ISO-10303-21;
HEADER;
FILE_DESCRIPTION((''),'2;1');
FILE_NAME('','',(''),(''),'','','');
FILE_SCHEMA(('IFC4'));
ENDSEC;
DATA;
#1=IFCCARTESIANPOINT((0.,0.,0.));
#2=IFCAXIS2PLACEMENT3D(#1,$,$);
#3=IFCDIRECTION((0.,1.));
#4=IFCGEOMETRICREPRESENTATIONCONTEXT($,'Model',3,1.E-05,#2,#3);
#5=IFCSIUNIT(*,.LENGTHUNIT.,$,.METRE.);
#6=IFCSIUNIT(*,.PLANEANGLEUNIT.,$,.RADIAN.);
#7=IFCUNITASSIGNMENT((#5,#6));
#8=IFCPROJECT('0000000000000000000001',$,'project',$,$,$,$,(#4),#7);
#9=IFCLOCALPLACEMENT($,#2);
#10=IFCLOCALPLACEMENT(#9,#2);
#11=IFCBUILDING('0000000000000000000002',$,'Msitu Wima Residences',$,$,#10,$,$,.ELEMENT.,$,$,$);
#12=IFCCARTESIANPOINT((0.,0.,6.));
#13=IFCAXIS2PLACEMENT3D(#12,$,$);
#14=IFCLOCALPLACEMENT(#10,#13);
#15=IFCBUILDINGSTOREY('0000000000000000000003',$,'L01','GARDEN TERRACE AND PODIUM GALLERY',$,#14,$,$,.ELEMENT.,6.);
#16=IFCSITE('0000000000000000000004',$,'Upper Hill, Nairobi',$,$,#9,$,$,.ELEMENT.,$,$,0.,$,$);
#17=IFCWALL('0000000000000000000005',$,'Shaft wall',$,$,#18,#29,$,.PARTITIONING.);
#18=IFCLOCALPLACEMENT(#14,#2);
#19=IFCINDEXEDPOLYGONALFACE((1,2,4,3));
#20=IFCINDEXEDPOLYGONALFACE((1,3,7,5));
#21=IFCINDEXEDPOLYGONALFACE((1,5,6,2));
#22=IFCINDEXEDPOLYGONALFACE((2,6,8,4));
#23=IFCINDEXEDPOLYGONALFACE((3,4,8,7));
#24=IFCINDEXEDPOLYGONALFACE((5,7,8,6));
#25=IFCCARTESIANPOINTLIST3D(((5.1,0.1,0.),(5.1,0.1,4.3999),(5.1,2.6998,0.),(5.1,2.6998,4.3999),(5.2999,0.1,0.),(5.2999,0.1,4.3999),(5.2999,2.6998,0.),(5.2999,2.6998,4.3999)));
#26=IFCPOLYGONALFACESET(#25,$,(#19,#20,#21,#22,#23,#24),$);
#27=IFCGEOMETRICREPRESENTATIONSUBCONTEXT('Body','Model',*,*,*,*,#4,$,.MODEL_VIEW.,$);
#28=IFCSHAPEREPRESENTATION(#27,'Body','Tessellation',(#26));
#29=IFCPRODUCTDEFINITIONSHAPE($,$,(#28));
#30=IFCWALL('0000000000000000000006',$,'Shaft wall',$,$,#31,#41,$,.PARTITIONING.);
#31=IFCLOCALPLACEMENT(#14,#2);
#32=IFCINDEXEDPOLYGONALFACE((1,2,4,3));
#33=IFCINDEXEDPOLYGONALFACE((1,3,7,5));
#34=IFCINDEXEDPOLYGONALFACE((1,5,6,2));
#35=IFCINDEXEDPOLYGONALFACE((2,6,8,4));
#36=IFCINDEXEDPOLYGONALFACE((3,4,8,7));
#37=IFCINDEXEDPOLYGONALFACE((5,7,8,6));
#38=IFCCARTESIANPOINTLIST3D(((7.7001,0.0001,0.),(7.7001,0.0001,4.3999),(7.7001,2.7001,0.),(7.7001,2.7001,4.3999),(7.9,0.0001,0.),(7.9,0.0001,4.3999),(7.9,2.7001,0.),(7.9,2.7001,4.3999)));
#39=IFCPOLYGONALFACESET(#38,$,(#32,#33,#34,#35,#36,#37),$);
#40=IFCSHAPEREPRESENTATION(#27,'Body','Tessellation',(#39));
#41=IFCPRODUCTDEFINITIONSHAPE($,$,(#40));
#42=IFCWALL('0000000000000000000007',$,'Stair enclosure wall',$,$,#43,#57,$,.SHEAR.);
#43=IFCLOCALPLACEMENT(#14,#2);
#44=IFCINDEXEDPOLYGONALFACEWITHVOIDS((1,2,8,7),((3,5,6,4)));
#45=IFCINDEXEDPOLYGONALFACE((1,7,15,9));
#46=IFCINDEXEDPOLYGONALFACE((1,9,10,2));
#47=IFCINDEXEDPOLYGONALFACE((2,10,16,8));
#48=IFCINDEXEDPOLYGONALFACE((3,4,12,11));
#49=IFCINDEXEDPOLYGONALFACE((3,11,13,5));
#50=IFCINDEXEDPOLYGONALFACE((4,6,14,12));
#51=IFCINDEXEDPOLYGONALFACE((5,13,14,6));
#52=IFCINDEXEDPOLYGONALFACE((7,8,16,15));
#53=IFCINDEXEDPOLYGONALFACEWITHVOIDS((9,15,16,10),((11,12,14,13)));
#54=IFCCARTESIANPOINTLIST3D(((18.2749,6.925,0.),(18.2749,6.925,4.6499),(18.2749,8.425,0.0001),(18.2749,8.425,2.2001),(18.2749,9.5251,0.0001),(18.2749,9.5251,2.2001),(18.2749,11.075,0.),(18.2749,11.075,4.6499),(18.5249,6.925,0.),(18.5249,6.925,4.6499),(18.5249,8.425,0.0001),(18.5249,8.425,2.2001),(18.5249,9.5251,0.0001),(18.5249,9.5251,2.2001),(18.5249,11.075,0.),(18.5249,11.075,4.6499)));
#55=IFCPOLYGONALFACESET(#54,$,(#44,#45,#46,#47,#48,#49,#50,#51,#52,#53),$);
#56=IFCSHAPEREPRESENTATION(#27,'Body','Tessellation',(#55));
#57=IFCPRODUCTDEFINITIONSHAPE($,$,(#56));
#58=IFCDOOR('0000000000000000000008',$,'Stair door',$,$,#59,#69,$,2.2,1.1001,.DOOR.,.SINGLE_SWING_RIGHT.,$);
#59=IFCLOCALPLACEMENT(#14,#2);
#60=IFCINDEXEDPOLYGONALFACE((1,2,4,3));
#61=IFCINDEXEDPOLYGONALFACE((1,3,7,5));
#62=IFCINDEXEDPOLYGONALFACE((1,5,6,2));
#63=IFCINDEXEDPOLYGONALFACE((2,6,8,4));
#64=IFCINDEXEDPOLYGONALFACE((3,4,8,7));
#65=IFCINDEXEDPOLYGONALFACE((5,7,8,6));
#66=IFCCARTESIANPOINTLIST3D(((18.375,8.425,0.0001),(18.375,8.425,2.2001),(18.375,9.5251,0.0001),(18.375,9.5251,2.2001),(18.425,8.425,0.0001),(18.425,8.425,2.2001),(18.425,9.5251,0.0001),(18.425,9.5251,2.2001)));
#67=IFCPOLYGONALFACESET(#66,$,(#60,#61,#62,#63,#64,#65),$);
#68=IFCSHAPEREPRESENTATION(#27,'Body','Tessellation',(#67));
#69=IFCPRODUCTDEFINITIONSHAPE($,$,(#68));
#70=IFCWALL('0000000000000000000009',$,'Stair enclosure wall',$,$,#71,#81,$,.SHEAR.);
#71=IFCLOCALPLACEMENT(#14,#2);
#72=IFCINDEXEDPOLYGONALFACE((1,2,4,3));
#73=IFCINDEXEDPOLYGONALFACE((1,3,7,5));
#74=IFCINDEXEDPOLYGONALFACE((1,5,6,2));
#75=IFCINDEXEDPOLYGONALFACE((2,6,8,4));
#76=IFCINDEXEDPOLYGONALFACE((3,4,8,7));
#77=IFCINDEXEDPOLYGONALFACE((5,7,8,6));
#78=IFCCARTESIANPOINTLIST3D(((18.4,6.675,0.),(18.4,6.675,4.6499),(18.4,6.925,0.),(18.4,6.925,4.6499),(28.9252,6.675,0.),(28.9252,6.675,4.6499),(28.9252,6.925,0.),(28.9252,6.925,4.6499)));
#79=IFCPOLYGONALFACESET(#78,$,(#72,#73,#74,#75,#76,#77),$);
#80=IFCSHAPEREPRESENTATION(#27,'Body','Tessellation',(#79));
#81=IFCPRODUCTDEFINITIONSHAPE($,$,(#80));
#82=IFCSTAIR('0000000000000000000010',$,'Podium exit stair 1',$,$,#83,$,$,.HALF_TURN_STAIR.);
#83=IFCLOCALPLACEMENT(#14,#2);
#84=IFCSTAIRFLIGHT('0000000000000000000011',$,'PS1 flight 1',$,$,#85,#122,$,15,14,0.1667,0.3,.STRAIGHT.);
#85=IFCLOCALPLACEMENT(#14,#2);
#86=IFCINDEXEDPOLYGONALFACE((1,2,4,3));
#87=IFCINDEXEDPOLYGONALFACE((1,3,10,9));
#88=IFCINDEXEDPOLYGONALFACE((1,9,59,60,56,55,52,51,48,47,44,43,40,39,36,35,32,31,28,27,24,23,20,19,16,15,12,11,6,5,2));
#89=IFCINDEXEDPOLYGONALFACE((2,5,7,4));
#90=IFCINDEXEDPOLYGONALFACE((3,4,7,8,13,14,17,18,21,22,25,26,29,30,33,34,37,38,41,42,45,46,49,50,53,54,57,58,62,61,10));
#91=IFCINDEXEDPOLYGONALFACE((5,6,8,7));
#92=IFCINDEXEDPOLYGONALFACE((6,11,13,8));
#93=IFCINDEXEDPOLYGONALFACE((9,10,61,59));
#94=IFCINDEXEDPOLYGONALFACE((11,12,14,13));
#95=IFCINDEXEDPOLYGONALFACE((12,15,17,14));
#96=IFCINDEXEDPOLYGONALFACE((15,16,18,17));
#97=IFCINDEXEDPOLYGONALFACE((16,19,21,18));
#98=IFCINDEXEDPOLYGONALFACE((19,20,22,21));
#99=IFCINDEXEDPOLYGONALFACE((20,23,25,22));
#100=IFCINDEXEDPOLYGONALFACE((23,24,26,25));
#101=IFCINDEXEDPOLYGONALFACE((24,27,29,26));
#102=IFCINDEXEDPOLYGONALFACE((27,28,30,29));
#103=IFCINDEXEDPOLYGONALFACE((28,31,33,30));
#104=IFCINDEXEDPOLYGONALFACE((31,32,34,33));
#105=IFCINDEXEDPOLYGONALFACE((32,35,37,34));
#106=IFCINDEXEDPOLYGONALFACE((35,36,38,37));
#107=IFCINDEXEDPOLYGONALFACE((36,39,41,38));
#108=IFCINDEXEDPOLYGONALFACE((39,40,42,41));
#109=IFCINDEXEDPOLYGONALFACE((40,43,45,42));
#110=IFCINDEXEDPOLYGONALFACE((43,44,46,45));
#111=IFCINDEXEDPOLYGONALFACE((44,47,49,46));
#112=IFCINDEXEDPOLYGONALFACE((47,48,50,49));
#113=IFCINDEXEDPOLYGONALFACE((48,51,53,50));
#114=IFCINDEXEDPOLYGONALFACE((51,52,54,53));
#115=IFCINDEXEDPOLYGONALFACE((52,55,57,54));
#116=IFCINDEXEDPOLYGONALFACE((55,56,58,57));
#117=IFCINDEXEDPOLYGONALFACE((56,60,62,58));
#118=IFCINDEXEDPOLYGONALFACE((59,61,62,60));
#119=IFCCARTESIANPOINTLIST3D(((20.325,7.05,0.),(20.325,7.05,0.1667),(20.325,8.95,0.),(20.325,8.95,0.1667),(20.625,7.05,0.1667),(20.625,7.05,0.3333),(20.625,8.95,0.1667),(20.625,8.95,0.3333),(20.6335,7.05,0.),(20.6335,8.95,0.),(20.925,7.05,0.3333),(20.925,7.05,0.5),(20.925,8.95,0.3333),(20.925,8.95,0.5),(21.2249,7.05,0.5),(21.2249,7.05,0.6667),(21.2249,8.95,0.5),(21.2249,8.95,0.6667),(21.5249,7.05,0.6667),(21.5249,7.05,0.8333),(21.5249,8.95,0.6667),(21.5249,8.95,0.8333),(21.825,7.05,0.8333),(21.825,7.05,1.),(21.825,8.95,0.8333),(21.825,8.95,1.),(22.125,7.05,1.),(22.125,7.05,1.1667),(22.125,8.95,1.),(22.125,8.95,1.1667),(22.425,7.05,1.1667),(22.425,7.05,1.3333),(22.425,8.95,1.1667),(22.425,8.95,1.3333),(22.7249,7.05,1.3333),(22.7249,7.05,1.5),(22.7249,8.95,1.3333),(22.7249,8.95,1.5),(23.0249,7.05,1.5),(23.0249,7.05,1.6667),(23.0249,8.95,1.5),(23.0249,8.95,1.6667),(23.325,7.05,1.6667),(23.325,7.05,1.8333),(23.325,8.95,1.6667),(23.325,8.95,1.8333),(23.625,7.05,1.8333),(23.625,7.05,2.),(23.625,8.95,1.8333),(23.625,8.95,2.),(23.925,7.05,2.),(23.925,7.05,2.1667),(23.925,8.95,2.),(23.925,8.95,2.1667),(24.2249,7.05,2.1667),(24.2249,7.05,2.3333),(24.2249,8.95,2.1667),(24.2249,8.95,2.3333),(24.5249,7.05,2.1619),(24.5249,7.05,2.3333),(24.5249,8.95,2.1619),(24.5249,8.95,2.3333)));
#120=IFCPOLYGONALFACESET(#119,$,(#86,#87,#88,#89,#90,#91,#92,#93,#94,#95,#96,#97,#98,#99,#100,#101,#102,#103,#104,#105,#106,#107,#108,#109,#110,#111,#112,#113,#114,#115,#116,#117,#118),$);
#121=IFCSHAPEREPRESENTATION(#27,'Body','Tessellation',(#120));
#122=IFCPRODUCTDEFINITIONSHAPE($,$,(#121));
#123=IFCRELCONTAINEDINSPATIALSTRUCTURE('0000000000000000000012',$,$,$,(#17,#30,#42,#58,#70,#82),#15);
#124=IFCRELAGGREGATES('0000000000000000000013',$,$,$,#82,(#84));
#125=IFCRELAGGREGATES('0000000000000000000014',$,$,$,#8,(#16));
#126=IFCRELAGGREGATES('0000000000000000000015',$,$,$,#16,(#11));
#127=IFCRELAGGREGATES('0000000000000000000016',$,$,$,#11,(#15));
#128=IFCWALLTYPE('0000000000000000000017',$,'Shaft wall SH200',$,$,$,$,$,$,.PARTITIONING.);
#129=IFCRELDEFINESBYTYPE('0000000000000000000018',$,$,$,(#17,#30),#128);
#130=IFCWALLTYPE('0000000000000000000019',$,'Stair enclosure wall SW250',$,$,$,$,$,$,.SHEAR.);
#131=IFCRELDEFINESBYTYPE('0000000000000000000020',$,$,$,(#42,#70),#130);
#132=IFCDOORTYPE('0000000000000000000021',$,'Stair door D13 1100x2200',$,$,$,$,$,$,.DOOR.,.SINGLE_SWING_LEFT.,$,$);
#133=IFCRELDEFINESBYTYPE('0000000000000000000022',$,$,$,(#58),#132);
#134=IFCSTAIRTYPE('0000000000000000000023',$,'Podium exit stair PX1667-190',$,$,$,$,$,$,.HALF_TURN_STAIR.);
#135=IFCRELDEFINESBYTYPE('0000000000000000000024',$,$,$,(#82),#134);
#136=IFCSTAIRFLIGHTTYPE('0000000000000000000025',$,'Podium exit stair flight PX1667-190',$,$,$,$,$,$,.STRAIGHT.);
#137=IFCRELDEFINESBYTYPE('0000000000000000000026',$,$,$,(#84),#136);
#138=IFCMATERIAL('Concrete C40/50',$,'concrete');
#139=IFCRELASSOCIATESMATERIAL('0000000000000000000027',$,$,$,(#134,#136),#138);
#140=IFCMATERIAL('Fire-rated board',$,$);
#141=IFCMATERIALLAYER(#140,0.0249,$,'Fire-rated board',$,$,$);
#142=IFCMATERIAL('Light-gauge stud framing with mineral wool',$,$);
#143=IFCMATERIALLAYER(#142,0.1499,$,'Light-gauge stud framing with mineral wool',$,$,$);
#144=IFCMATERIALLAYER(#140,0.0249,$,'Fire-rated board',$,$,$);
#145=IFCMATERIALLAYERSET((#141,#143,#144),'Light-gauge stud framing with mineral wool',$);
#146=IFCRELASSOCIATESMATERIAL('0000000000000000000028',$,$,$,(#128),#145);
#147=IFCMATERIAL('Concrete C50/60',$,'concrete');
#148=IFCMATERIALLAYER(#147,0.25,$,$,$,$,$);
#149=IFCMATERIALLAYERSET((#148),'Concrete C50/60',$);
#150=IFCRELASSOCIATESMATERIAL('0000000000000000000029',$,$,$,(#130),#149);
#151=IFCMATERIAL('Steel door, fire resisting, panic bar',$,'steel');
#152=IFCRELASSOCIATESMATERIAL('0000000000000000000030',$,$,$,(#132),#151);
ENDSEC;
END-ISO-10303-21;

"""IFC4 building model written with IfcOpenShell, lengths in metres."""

from ifc_helpers import new_model, si_unit, direction, frame, frame_2d, origin, place, context, subcontext, project, spatial, polyline, rectangle, outline, extrude, material, layer, layer_set, type_object, element, fill, aggregate, save


model = new_model("IFC4")

# Units and contexts
model_context = context("Model", 3, precision=1e-05, world=origin(), true_north=direction((0.0, 1.0)))
body_context = subcontext(model_context, "Body", "Model", "MODEL_VIEW")
ifc_project = project(units=[si_unit("LENGTHUNIT", "METRE"), si_unit("PLANEANGLEUNIT", "RADIAN")], contexts=[model_context])

# Site, building, storey
site_placement = place(None, origin())
site = spatial("IfcSite", under=ifc_project, at=site_placement, Name="Upper Hill, Nairobi", CompositionType="ELEMENT", RefElevation=0.0)
building_placement = place(site_placement, origin())
building = spatial("IfcBuilding", under=site, at=building_placement, Name="Msitu Wima Residences", CompositionType="ELEMENT")
storey_placement = place(building_placement, frame((0.0, 0.0, 6.0)))
storey = spatial("IfcBuildingStorey", under=building, at=storey_placement, Name="L01", Description="GARDEN TERRACE AND PODIUM GALLERY", CompositionType="ELEMENT", Elevation=6.0)

# Shared definitions
ifc_material_1 = material(Name="Concrete C40/50", Category="concrete")

# Shared definitions
stair_type = type_object("IfcStairType", Name="Podium exit stair PX1667-190", PredefinedType="HALF_TURN_STAIR", material=ifc_material_1)

# Walls
ifc_material_2 = material(Name="Fire-rated board")
ifc_layer_1 = layer(ifc_material_2, 0.0249, Name="Fire-rated board")
ifc_material_3 = material(Name="Light-gauge stud framing with mineral wool")
ifc_layer_2 = layer(ifc_material_3, 0.1499, Name="Light-gauge stud framing with mineral wool")
ifc_layer_3 = layer(ifc_material_2, 0.0249, Name="Fire-rated board")
ifc_layer_set_1 = layer_set([ifc_layer_1, ifc_layer_2, ifc_layer_3], Name="Light-gauge stud framing with mineral wool")
wall_type_1 = type_object("IfcWallType", Name="Shaft wall SH200", PredefinedType="PARTITIONING", material=ifc_layer_set_1)
for number, where, z_axis, x_axis, name in (
    (1, (5.2, 0.1001, 0.0), (0.0, 0.0, 1.0), (0.0, 1.0, 0.0), "Shaft wall"),
):
    element("IfcWall", number, at=place(storey_placement, frame(where, z_axis=z_axis, x_axis=x_axis)), inside=storey, type_object=wall_type_1, Name=name, PredefinedType="PARTITIONING", context=body_context, shape_type="SweptSolid", body=[
        extrude(rectangle(XDim=2.5999, YDim=0.2, at=frame_2d((1.2998, 0.0))), origin(), (0.0, 0.0, 1.0), 4.3999),
    ])
wall_1_placement = place(storey_placement, frame((7.8, 0.0, 0.0), z_axis=(0.0, 0.0, 1.0), x_axis=(0.0, 1.0, 0.0)))
element("IfcWall", 2, at=wall_1_placement, inside=storey, type_object=wall_type_1, Name="Shaft wall", PredefinedType="PARTITIONING", context=body_context, shape_type="SweptSolid", body=[
    extrude(rectangle(XDim=2.7, YDim=0.2, at=frame_2d((1.3501, 0.0))), origin(), (0.0, 0.0, 1.0), 4.3999),
])

# Wall, opening, door
ifc_material_4 = material(Name="Concrete C50/60", Category="concrete")
ifc_layer_4 = layer(ifc_material_4, 0.25)
ifc_layer_set_2 = layer_set([ifc_layer_4], Name="Concrete C50/60")
wall_type_2 = type_object("IfcWallType", Name="Stair enclosure wall SW250", PredefinedType="SHEAR", material=ifc_layer_set_2)
wall_2_placement = place(storey_placement, frame((18.3999, 6.925, 0.0), z_axis=(0.0, 0.0, 1.0), x_axis=(0.0, 1.0, 0.0)))
wall_2 = element("IfcWall", 3, at=wall_2_placement, inside=storey, type_object=wall_type_2, Name="Stair enclosure wall", PredefinedType="SHEAR", context=body_context, shape_type="SweptSolid", body=[
    extrude(rectangle(XDim=4.1499, YDim=0.25, at=frame_2d((2.075, 0.0))), origin(), (0.0, 0.0, 1.0), 4.6499),
])
opening_1_placement = place(wall_2_placement, frame((1.5, 0.0, 0.0)))
opening_1 = element("IfcOpeningElement", 4, at=opening_1_placement, cuts=wall_2, PredefinedType="OPENING", context=body_context, shape_type="SweptSolid", body=[
    extrude(rectangle(XDim=1.1001, YDim=2.2, at=frame_2d((0.55, 1.1001))), frame((0.0, 0.135, 0.0), z_axis=(0.0, -1.0, 0.0), x_axis=(1.0, 0.0, 0.0)), (0.0, 0.0, 1.0), 0.27),
])
ifc_material_5 = material(Name="Steel door, fire resisting, panic bar", Category="steel")
door_type_1 = type_object("IfcDoorType", Name="Stair door D13 1100x2200", OperationType="SINGLE_SWING_LEFT", PredefinedType="DOOR", material=ifc_material_5)
door_1_placement = place(opening_1_placement, origin())
door_1 = element("IfcDoor", 5, at=door_1_placement, inside=storey, type_object=door_type_1, Name="Stair door", OperationType="SINGLE_SWING_RIGHT", OverallHeight=2.2, OverallWidth=1.1001, PredefinedType="DOOR", context=body_context, shape_type="SweptSolid", body=[
    extrude(rectangle(XDim=1.1001, YDim=2.2, at=frame_2d((0.55, 1.1001))), frame((0.0, 0.0249, 0.0), z_axis=(0.0, -1.0, 0.0), x_axis=(1.0, 0.0, 0.0)), (0.0, 0.0, 1.0), 0.05),
])
fill(opening_1, door_1)

# Wall
wall_3_placement = place(storey_placement, frame((18.3999, 6.8, 0.0), z_axis=(0.0, 0.0, 1.0), x_axis=(1.0, 0.0, 0.0)))
element("IfcWall", 6, at=wall_3_placement, inside=storey, type_object=wall_type_2, Name="Stair enclosure wall", PredefinedType="SHEAR", context=body_context, shape_type="SweptSolid", body=[
    extrude(rectangle(XDim=10.5251, YDim=0.25, at=frame_2d((5.2627, 0.0))), origin(), (0.0, 0.0, 1.0), 4.6499),
])

# Stair, stair flight
stair_1_placement = place(storey_placement, origin())
stair_1 = element("IfcStair", 7, at=stair_1_placement, inside=storey, type_object=stair_type, Name="Podium exit stair 1", PredefinedType="HALF_TURN_STAIR")
stair_flight_type = type_object("IfcStairFlightType", Name="Podium exit stair flight PX1667-190", PredefinedType="STRAIGHT", material=ifc_material_1)
stair_flight_placement = place(storey_placement, frame((20.325, 8.0, 0.0), z_axis=(0.0, 0.0, 1.0), x_axis=(1.0, 0.0, 0.0)))
stair_flight = element("IfcStairFlight", 8, at=stair_flight_placement, type_object=stair_flight_type, Name="PS1 flight 1", NumberOfRisers=15, NumberOfTreads=14, PredefinedType="STRAIGHT", RiserHeight=0.1667, TreadLength=0.3, context=body_context, shape_type="SweptSolid", body=[
    extrude(outline(polyline([(0.0, 0.0), (0.0, 0.1667), (0.3, 0.1667), (0.3, 0.3333), (0.6001, 0.3333), (0.6001, 0.5), (0.8999, 0.5), (0.8999, 0.6667), (1.2, 0.6667), (1.2, 0.8333), (1.5, 0.8333), (1.5, 1.0), (1.8, 1.0), (1.8, 1.1667), (2.1001, 1.1667), (2.1001, 1.3333), (2.3999, 1.3333), (2.3999, 1.5), (2.7, 1.5), (2.7, 1.6667), (3.0, 1.6667), (3.0, 1.8333), (3.3, 1.8333), (3.3, 2.0), (3.6001, 2.0), (3.6001, 2.1667), (3.8999, 2.1667), (3.8999, 2.3333), (4.2, 2.3333), (4.2, 2.5), (4.2, 2.1619), (0.3086, 0.0), (0.0, 0.0)])), frame((0.0, 0.95, 0.0), z_axis=(0.0, -1.0, 0.0), x_axis=(1.0, 0.0, 0.0)), (0.0, 0.0, 1.0), 1.8999),
])
aggregate(stair_1, [stair_flight])

save(model, "model.ifc")
